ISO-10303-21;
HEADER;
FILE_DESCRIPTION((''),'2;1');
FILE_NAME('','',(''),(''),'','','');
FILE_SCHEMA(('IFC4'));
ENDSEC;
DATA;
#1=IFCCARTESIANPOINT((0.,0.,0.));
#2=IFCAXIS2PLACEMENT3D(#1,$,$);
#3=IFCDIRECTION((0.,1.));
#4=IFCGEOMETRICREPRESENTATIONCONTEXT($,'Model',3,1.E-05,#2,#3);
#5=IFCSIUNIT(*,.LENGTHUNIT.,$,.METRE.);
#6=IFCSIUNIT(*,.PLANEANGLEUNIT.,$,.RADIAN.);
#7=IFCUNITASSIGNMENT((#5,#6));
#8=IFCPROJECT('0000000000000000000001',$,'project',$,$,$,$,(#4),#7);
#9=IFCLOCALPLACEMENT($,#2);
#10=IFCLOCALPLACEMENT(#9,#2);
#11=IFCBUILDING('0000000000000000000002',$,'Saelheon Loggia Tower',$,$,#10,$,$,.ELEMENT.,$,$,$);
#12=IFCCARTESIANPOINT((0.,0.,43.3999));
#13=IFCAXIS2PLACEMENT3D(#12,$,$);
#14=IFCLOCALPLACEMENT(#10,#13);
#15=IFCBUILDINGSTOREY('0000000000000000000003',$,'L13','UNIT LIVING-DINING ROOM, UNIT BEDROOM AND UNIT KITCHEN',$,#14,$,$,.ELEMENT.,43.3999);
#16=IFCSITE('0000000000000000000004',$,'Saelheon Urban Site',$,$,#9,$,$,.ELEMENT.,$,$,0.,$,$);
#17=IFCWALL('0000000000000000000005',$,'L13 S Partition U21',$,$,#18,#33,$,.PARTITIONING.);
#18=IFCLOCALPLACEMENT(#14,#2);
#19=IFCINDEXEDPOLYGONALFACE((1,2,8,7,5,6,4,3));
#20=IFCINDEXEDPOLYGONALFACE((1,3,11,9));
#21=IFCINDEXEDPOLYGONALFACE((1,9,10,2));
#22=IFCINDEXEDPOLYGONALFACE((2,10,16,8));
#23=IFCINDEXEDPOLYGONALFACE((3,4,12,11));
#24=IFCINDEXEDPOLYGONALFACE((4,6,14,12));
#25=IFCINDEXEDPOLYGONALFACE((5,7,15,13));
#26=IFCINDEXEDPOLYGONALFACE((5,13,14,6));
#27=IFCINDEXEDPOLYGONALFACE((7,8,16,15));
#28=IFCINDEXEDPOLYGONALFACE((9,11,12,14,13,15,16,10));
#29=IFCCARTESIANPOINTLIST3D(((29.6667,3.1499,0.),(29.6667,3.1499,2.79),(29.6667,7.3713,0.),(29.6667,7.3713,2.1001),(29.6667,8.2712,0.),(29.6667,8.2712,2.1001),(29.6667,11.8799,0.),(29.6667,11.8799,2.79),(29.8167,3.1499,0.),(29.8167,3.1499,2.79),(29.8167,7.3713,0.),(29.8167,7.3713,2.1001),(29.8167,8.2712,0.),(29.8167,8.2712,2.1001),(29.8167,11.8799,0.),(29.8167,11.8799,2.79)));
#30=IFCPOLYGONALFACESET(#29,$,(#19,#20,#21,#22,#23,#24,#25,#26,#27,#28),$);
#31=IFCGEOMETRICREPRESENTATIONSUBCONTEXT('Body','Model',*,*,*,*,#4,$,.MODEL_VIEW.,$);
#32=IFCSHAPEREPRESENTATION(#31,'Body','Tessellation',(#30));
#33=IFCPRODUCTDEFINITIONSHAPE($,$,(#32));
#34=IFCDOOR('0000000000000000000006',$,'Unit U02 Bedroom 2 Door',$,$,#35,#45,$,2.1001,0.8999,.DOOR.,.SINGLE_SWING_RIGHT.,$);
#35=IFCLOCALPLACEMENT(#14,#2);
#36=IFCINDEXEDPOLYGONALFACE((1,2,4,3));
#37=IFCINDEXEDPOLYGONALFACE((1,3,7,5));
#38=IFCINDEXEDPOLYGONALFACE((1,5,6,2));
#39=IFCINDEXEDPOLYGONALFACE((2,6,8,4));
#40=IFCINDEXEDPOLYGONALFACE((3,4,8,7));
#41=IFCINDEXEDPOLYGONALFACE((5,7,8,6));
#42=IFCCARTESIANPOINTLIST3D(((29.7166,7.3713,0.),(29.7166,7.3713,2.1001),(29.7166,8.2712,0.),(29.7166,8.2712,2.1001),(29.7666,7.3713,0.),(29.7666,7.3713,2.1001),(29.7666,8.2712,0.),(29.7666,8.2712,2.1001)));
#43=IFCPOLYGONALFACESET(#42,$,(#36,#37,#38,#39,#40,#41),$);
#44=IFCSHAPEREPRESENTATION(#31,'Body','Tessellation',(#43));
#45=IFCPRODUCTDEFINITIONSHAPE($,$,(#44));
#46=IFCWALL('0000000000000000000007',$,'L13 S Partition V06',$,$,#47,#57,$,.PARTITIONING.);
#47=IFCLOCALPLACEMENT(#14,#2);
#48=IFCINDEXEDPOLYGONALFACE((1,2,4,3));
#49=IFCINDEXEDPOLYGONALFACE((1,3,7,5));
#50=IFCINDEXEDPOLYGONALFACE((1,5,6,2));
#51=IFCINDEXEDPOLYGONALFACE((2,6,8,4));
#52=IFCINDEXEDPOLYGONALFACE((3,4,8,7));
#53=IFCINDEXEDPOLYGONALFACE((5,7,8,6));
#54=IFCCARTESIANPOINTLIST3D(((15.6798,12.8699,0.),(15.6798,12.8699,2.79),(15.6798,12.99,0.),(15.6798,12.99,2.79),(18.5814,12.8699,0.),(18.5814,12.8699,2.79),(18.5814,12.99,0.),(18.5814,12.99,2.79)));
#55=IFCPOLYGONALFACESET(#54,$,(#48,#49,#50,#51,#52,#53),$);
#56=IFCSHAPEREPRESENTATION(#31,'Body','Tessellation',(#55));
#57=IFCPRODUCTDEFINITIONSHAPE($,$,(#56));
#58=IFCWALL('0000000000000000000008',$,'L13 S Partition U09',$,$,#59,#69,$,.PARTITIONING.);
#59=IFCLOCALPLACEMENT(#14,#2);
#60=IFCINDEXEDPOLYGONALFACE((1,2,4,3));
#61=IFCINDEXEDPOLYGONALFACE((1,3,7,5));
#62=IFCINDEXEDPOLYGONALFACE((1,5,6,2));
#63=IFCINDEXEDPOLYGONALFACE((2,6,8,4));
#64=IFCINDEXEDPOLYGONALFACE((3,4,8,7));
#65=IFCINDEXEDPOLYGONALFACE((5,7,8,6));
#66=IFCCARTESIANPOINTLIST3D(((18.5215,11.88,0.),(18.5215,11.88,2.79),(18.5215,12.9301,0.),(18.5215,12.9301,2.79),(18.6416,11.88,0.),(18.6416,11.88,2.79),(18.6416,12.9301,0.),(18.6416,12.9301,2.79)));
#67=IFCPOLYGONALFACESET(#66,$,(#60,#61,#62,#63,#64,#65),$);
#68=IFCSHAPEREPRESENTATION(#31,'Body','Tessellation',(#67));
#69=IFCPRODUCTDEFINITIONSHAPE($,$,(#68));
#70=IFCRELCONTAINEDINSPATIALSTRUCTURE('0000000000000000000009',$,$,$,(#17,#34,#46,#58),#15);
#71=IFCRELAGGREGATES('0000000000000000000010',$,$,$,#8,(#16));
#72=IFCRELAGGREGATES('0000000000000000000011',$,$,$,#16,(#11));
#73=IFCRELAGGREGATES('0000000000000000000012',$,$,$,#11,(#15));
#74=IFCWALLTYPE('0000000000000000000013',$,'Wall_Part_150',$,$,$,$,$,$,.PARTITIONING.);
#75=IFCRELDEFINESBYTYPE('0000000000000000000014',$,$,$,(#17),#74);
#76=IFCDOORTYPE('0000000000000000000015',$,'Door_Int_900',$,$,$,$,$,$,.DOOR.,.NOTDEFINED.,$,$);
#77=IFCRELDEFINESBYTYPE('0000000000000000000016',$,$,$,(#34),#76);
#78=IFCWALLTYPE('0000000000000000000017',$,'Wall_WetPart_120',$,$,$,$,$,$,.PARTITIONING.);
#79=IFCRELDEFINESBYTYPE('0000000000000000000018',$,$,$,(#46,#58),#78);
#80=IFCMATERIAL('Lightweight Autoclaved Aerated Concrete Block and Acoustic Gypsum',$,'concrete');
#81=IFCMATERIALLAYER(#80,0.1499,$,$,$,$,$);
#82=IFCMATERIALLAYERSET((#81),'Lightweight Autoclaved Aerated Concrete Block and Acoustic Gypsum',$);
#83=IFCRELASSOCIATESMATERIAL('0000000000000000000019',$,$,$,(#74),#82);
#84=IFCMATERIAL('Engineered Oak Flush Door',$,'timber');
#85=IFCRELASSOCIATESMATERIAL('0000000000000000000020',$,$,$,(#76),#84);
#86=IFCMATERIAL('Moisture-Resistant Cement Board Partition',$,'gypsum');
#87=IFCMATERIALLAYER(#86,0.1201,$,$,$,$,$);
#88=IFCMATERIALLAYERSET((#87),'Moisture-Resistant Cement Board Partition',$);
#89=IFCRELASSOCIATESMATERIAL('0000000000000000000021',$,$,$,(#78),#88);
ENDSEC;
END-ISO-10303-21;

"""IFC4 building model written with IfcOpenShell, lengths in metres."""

from ifc_helpers import new_model, si_unit, direction, frame, frame_2d, origin, place, context, subcontext, project, spatial, rectangle, extrude, source, transform, mapped, material, layer, layer_set, type_object, element, fill, save


model = new_model("IFC4")

# Units and contexts
model_context = context("Model", 3, precision=1e-05, world=origin(), true_north=direction((0.0, 1.0)))
body_context = subcontext(model_context, "Body", "Model", "MODEL_VIEW")
ifc_project = project(units=[si_unit("LENGTHUNIT", "METRE"), si_unit("PLANEANGLEUNIT", "RADIAN")], contexts=[model_context])

# Site, building, storey
site_placement = place(None, origin())
site = spatial("IfcSite", under=ifc_project, at=site_placement, Name="Saelheon Urban Site", CompositionType="ELEMENT", RefElevation=0.0)
building_placement = place(site_placement, origin())
building = spatial("IfcBuilding", under=site, at=building_placement, Name="Saelheon Loggia Tower", CompositionType="ELEMENT")
storey_placement = place(building_placement, frame((0.0, 0.0, 43.3999)))
storey = spatial("IfcBuildingStorey", under=building, at=storey_placement, Name="L13", Description="UNIT LIVING-DINING ROOM, UNIT BEDROOM AND UNIT KITCHEN", CompositionType="ELEMENT", Elevation=43.3999)

# Shared definitions
ifc_material_1 = material(Name="Lightweight Autoclaved Aerated Concrete Block and Acoustic Gypsum", Category="concrete")
ifc_layer_1 = layer(ifc_material_1, 0.1499)
ifc_layer_set_1 = layer_set([ifc_layer_1], Name="Lightweight Autoclaved Aerated Concrete Block and Acoustic Gypsum")
wall_type_1 = type_object("IfcWallType", Name="Wall_Part_150", PredefinedType="PARTITIONING", material=ifc_layer_set_1)

# Shared definitions
ifc_material_2 = material(Name="Engineered Oak Flush Door", Category="timber")
door_type = type_object("IfcDoorType", Name="Door_Int_900", OperationType="NOTDEFINED", PredefinedType="DOOR", material=ifc_material_2)
shared_shape_1 = source(origin(), body_context, "Body", "SweptSolid", [
    extrude(rectangle(XDim=0.8999, YDim=2.1001, at=frame_2d((0.45, 1.05))), frame((0.0, 0.0249, 0.0), z_axis=(0.0, -1.0, 0.0), x_axis=(1.0, 0.0, 0.0)), (0.0, 0.0, 1.0), 0.05),
])

# Wall, opening, door
wall_1_placement = place(storey_placement, frame((29.7417, 11.8799, 0.0), z_axis=(0.0, 0.0, 1.0), x_axis=(0.0, -1.0, 0.0)))
wall_1 = element("IfcWall", 1, at=wall_1_placement, inside=storey, type_object=wall_type_1, Name="L13 S Partition U21", PredefinedType="PARTITIONING", context=body_context, shape_type="SweptSolid", body=[
    extrude(rectangle(XDim=8.73, YDim=0.1499, at=frame_2d((4.365, 0.0))), origin(), (0.0, 0.0, 1.0), 2.79),
])
opening_1_placement = place(wall_1_placement, frame((3.6086, 0.0, 0.0)))
opening_1 = element("IfcOpeningElement", 2, at=opening_1_placement, cuts=wall_1, PredefinedType="OPENING", context=body_context, shape_type="SweptSolid", body=[
    extrude(rectangle(XDim=0.8999, YDim=2.1001, at=frame_2d((0.45, 1.05))), frame((0.0, 0.0869, 0.0), z_axis=(0.0, -1.0, 0.0), x_axis=(1.0, 0.0, 0.0)), (0.0, 0.0, 1.0), 0.1738),
])
door_1_placement = place(opening_1_placement, origin())
door_1 = element("IfcDoor", 3, at=door_1_placement, inside=storey, type_object=door_type, Name="Unit U02 Bedroom 2 Door", OperationType="SINGLE_SWING_RIGHT", OverallHeight=2.1001, OverallWidth=0.8999, PredefinedType="DOOR", context=body_context, shape_type="MappedRepresentation", body=[
    mapped(shared_shape_1, transform((0.0, 0.0, 0.0), scale=1.0)),
])
fill(opening_1, door_1)

# Walls
ifc_material_3 = material(Name="Moisture-Resistant Cement Board Partition", Category="gypsum")
ifc_layer_2 = layer(ifc_material_3, 0.1201)
ifc_layer_set_2 = layer_set([ifc_layer_2], Name="Moisture-Resistant Cement Board Partition")
wall_type_2 = type_object("IfcWallType", Name="Wall_WetPart_120", PredefinedType="PARTITIONING", material=ifc_layer_set_2)
wall_2_placement = place(storey_placement, frame((15.6799, 12.9299, 0.0), z_axis=(0.0, 0.0, 1.0), x_axis=(1.0, 0.0, 0.0)))
element("IfcWall", 4, at=wall_2_placement, inside=storey, type_object=wall_type_2, Name="L13 S Partition V06", PredefinedType="PARTITIONING", context=body_context, shape_type="SweptSolid", body=[
    extrude(rectangle(XDim=2.9016, YDim=0.1201, at=frame_2d((1.4507, 0.0))), origin(), (0.0, 0.0, 1.0), 2.79),
])
wall_3_placement = place(storey_placement, frame((18.5815, 12.9299, 0.0), z_axis=(0.0, 0.0, 1.0), x_axis=(0.0, -1.0, 0.0)))
element("IfcWall", 5, at=wall_3_placement, inside=storey, type_object=wall_type_2, Name="L13 S Partition U09", PredefinedType="PARTITIONING", context=body_context, shape_type="SweptSolid", body=[
    extrude(rectangle(XDim=1.05, YDim=0.1201, at=frame_2d((0.5249, 0.0))), origin(), (0.0, 0.0, 1.0), 2.79),
])

save(model, "model.ifc")
